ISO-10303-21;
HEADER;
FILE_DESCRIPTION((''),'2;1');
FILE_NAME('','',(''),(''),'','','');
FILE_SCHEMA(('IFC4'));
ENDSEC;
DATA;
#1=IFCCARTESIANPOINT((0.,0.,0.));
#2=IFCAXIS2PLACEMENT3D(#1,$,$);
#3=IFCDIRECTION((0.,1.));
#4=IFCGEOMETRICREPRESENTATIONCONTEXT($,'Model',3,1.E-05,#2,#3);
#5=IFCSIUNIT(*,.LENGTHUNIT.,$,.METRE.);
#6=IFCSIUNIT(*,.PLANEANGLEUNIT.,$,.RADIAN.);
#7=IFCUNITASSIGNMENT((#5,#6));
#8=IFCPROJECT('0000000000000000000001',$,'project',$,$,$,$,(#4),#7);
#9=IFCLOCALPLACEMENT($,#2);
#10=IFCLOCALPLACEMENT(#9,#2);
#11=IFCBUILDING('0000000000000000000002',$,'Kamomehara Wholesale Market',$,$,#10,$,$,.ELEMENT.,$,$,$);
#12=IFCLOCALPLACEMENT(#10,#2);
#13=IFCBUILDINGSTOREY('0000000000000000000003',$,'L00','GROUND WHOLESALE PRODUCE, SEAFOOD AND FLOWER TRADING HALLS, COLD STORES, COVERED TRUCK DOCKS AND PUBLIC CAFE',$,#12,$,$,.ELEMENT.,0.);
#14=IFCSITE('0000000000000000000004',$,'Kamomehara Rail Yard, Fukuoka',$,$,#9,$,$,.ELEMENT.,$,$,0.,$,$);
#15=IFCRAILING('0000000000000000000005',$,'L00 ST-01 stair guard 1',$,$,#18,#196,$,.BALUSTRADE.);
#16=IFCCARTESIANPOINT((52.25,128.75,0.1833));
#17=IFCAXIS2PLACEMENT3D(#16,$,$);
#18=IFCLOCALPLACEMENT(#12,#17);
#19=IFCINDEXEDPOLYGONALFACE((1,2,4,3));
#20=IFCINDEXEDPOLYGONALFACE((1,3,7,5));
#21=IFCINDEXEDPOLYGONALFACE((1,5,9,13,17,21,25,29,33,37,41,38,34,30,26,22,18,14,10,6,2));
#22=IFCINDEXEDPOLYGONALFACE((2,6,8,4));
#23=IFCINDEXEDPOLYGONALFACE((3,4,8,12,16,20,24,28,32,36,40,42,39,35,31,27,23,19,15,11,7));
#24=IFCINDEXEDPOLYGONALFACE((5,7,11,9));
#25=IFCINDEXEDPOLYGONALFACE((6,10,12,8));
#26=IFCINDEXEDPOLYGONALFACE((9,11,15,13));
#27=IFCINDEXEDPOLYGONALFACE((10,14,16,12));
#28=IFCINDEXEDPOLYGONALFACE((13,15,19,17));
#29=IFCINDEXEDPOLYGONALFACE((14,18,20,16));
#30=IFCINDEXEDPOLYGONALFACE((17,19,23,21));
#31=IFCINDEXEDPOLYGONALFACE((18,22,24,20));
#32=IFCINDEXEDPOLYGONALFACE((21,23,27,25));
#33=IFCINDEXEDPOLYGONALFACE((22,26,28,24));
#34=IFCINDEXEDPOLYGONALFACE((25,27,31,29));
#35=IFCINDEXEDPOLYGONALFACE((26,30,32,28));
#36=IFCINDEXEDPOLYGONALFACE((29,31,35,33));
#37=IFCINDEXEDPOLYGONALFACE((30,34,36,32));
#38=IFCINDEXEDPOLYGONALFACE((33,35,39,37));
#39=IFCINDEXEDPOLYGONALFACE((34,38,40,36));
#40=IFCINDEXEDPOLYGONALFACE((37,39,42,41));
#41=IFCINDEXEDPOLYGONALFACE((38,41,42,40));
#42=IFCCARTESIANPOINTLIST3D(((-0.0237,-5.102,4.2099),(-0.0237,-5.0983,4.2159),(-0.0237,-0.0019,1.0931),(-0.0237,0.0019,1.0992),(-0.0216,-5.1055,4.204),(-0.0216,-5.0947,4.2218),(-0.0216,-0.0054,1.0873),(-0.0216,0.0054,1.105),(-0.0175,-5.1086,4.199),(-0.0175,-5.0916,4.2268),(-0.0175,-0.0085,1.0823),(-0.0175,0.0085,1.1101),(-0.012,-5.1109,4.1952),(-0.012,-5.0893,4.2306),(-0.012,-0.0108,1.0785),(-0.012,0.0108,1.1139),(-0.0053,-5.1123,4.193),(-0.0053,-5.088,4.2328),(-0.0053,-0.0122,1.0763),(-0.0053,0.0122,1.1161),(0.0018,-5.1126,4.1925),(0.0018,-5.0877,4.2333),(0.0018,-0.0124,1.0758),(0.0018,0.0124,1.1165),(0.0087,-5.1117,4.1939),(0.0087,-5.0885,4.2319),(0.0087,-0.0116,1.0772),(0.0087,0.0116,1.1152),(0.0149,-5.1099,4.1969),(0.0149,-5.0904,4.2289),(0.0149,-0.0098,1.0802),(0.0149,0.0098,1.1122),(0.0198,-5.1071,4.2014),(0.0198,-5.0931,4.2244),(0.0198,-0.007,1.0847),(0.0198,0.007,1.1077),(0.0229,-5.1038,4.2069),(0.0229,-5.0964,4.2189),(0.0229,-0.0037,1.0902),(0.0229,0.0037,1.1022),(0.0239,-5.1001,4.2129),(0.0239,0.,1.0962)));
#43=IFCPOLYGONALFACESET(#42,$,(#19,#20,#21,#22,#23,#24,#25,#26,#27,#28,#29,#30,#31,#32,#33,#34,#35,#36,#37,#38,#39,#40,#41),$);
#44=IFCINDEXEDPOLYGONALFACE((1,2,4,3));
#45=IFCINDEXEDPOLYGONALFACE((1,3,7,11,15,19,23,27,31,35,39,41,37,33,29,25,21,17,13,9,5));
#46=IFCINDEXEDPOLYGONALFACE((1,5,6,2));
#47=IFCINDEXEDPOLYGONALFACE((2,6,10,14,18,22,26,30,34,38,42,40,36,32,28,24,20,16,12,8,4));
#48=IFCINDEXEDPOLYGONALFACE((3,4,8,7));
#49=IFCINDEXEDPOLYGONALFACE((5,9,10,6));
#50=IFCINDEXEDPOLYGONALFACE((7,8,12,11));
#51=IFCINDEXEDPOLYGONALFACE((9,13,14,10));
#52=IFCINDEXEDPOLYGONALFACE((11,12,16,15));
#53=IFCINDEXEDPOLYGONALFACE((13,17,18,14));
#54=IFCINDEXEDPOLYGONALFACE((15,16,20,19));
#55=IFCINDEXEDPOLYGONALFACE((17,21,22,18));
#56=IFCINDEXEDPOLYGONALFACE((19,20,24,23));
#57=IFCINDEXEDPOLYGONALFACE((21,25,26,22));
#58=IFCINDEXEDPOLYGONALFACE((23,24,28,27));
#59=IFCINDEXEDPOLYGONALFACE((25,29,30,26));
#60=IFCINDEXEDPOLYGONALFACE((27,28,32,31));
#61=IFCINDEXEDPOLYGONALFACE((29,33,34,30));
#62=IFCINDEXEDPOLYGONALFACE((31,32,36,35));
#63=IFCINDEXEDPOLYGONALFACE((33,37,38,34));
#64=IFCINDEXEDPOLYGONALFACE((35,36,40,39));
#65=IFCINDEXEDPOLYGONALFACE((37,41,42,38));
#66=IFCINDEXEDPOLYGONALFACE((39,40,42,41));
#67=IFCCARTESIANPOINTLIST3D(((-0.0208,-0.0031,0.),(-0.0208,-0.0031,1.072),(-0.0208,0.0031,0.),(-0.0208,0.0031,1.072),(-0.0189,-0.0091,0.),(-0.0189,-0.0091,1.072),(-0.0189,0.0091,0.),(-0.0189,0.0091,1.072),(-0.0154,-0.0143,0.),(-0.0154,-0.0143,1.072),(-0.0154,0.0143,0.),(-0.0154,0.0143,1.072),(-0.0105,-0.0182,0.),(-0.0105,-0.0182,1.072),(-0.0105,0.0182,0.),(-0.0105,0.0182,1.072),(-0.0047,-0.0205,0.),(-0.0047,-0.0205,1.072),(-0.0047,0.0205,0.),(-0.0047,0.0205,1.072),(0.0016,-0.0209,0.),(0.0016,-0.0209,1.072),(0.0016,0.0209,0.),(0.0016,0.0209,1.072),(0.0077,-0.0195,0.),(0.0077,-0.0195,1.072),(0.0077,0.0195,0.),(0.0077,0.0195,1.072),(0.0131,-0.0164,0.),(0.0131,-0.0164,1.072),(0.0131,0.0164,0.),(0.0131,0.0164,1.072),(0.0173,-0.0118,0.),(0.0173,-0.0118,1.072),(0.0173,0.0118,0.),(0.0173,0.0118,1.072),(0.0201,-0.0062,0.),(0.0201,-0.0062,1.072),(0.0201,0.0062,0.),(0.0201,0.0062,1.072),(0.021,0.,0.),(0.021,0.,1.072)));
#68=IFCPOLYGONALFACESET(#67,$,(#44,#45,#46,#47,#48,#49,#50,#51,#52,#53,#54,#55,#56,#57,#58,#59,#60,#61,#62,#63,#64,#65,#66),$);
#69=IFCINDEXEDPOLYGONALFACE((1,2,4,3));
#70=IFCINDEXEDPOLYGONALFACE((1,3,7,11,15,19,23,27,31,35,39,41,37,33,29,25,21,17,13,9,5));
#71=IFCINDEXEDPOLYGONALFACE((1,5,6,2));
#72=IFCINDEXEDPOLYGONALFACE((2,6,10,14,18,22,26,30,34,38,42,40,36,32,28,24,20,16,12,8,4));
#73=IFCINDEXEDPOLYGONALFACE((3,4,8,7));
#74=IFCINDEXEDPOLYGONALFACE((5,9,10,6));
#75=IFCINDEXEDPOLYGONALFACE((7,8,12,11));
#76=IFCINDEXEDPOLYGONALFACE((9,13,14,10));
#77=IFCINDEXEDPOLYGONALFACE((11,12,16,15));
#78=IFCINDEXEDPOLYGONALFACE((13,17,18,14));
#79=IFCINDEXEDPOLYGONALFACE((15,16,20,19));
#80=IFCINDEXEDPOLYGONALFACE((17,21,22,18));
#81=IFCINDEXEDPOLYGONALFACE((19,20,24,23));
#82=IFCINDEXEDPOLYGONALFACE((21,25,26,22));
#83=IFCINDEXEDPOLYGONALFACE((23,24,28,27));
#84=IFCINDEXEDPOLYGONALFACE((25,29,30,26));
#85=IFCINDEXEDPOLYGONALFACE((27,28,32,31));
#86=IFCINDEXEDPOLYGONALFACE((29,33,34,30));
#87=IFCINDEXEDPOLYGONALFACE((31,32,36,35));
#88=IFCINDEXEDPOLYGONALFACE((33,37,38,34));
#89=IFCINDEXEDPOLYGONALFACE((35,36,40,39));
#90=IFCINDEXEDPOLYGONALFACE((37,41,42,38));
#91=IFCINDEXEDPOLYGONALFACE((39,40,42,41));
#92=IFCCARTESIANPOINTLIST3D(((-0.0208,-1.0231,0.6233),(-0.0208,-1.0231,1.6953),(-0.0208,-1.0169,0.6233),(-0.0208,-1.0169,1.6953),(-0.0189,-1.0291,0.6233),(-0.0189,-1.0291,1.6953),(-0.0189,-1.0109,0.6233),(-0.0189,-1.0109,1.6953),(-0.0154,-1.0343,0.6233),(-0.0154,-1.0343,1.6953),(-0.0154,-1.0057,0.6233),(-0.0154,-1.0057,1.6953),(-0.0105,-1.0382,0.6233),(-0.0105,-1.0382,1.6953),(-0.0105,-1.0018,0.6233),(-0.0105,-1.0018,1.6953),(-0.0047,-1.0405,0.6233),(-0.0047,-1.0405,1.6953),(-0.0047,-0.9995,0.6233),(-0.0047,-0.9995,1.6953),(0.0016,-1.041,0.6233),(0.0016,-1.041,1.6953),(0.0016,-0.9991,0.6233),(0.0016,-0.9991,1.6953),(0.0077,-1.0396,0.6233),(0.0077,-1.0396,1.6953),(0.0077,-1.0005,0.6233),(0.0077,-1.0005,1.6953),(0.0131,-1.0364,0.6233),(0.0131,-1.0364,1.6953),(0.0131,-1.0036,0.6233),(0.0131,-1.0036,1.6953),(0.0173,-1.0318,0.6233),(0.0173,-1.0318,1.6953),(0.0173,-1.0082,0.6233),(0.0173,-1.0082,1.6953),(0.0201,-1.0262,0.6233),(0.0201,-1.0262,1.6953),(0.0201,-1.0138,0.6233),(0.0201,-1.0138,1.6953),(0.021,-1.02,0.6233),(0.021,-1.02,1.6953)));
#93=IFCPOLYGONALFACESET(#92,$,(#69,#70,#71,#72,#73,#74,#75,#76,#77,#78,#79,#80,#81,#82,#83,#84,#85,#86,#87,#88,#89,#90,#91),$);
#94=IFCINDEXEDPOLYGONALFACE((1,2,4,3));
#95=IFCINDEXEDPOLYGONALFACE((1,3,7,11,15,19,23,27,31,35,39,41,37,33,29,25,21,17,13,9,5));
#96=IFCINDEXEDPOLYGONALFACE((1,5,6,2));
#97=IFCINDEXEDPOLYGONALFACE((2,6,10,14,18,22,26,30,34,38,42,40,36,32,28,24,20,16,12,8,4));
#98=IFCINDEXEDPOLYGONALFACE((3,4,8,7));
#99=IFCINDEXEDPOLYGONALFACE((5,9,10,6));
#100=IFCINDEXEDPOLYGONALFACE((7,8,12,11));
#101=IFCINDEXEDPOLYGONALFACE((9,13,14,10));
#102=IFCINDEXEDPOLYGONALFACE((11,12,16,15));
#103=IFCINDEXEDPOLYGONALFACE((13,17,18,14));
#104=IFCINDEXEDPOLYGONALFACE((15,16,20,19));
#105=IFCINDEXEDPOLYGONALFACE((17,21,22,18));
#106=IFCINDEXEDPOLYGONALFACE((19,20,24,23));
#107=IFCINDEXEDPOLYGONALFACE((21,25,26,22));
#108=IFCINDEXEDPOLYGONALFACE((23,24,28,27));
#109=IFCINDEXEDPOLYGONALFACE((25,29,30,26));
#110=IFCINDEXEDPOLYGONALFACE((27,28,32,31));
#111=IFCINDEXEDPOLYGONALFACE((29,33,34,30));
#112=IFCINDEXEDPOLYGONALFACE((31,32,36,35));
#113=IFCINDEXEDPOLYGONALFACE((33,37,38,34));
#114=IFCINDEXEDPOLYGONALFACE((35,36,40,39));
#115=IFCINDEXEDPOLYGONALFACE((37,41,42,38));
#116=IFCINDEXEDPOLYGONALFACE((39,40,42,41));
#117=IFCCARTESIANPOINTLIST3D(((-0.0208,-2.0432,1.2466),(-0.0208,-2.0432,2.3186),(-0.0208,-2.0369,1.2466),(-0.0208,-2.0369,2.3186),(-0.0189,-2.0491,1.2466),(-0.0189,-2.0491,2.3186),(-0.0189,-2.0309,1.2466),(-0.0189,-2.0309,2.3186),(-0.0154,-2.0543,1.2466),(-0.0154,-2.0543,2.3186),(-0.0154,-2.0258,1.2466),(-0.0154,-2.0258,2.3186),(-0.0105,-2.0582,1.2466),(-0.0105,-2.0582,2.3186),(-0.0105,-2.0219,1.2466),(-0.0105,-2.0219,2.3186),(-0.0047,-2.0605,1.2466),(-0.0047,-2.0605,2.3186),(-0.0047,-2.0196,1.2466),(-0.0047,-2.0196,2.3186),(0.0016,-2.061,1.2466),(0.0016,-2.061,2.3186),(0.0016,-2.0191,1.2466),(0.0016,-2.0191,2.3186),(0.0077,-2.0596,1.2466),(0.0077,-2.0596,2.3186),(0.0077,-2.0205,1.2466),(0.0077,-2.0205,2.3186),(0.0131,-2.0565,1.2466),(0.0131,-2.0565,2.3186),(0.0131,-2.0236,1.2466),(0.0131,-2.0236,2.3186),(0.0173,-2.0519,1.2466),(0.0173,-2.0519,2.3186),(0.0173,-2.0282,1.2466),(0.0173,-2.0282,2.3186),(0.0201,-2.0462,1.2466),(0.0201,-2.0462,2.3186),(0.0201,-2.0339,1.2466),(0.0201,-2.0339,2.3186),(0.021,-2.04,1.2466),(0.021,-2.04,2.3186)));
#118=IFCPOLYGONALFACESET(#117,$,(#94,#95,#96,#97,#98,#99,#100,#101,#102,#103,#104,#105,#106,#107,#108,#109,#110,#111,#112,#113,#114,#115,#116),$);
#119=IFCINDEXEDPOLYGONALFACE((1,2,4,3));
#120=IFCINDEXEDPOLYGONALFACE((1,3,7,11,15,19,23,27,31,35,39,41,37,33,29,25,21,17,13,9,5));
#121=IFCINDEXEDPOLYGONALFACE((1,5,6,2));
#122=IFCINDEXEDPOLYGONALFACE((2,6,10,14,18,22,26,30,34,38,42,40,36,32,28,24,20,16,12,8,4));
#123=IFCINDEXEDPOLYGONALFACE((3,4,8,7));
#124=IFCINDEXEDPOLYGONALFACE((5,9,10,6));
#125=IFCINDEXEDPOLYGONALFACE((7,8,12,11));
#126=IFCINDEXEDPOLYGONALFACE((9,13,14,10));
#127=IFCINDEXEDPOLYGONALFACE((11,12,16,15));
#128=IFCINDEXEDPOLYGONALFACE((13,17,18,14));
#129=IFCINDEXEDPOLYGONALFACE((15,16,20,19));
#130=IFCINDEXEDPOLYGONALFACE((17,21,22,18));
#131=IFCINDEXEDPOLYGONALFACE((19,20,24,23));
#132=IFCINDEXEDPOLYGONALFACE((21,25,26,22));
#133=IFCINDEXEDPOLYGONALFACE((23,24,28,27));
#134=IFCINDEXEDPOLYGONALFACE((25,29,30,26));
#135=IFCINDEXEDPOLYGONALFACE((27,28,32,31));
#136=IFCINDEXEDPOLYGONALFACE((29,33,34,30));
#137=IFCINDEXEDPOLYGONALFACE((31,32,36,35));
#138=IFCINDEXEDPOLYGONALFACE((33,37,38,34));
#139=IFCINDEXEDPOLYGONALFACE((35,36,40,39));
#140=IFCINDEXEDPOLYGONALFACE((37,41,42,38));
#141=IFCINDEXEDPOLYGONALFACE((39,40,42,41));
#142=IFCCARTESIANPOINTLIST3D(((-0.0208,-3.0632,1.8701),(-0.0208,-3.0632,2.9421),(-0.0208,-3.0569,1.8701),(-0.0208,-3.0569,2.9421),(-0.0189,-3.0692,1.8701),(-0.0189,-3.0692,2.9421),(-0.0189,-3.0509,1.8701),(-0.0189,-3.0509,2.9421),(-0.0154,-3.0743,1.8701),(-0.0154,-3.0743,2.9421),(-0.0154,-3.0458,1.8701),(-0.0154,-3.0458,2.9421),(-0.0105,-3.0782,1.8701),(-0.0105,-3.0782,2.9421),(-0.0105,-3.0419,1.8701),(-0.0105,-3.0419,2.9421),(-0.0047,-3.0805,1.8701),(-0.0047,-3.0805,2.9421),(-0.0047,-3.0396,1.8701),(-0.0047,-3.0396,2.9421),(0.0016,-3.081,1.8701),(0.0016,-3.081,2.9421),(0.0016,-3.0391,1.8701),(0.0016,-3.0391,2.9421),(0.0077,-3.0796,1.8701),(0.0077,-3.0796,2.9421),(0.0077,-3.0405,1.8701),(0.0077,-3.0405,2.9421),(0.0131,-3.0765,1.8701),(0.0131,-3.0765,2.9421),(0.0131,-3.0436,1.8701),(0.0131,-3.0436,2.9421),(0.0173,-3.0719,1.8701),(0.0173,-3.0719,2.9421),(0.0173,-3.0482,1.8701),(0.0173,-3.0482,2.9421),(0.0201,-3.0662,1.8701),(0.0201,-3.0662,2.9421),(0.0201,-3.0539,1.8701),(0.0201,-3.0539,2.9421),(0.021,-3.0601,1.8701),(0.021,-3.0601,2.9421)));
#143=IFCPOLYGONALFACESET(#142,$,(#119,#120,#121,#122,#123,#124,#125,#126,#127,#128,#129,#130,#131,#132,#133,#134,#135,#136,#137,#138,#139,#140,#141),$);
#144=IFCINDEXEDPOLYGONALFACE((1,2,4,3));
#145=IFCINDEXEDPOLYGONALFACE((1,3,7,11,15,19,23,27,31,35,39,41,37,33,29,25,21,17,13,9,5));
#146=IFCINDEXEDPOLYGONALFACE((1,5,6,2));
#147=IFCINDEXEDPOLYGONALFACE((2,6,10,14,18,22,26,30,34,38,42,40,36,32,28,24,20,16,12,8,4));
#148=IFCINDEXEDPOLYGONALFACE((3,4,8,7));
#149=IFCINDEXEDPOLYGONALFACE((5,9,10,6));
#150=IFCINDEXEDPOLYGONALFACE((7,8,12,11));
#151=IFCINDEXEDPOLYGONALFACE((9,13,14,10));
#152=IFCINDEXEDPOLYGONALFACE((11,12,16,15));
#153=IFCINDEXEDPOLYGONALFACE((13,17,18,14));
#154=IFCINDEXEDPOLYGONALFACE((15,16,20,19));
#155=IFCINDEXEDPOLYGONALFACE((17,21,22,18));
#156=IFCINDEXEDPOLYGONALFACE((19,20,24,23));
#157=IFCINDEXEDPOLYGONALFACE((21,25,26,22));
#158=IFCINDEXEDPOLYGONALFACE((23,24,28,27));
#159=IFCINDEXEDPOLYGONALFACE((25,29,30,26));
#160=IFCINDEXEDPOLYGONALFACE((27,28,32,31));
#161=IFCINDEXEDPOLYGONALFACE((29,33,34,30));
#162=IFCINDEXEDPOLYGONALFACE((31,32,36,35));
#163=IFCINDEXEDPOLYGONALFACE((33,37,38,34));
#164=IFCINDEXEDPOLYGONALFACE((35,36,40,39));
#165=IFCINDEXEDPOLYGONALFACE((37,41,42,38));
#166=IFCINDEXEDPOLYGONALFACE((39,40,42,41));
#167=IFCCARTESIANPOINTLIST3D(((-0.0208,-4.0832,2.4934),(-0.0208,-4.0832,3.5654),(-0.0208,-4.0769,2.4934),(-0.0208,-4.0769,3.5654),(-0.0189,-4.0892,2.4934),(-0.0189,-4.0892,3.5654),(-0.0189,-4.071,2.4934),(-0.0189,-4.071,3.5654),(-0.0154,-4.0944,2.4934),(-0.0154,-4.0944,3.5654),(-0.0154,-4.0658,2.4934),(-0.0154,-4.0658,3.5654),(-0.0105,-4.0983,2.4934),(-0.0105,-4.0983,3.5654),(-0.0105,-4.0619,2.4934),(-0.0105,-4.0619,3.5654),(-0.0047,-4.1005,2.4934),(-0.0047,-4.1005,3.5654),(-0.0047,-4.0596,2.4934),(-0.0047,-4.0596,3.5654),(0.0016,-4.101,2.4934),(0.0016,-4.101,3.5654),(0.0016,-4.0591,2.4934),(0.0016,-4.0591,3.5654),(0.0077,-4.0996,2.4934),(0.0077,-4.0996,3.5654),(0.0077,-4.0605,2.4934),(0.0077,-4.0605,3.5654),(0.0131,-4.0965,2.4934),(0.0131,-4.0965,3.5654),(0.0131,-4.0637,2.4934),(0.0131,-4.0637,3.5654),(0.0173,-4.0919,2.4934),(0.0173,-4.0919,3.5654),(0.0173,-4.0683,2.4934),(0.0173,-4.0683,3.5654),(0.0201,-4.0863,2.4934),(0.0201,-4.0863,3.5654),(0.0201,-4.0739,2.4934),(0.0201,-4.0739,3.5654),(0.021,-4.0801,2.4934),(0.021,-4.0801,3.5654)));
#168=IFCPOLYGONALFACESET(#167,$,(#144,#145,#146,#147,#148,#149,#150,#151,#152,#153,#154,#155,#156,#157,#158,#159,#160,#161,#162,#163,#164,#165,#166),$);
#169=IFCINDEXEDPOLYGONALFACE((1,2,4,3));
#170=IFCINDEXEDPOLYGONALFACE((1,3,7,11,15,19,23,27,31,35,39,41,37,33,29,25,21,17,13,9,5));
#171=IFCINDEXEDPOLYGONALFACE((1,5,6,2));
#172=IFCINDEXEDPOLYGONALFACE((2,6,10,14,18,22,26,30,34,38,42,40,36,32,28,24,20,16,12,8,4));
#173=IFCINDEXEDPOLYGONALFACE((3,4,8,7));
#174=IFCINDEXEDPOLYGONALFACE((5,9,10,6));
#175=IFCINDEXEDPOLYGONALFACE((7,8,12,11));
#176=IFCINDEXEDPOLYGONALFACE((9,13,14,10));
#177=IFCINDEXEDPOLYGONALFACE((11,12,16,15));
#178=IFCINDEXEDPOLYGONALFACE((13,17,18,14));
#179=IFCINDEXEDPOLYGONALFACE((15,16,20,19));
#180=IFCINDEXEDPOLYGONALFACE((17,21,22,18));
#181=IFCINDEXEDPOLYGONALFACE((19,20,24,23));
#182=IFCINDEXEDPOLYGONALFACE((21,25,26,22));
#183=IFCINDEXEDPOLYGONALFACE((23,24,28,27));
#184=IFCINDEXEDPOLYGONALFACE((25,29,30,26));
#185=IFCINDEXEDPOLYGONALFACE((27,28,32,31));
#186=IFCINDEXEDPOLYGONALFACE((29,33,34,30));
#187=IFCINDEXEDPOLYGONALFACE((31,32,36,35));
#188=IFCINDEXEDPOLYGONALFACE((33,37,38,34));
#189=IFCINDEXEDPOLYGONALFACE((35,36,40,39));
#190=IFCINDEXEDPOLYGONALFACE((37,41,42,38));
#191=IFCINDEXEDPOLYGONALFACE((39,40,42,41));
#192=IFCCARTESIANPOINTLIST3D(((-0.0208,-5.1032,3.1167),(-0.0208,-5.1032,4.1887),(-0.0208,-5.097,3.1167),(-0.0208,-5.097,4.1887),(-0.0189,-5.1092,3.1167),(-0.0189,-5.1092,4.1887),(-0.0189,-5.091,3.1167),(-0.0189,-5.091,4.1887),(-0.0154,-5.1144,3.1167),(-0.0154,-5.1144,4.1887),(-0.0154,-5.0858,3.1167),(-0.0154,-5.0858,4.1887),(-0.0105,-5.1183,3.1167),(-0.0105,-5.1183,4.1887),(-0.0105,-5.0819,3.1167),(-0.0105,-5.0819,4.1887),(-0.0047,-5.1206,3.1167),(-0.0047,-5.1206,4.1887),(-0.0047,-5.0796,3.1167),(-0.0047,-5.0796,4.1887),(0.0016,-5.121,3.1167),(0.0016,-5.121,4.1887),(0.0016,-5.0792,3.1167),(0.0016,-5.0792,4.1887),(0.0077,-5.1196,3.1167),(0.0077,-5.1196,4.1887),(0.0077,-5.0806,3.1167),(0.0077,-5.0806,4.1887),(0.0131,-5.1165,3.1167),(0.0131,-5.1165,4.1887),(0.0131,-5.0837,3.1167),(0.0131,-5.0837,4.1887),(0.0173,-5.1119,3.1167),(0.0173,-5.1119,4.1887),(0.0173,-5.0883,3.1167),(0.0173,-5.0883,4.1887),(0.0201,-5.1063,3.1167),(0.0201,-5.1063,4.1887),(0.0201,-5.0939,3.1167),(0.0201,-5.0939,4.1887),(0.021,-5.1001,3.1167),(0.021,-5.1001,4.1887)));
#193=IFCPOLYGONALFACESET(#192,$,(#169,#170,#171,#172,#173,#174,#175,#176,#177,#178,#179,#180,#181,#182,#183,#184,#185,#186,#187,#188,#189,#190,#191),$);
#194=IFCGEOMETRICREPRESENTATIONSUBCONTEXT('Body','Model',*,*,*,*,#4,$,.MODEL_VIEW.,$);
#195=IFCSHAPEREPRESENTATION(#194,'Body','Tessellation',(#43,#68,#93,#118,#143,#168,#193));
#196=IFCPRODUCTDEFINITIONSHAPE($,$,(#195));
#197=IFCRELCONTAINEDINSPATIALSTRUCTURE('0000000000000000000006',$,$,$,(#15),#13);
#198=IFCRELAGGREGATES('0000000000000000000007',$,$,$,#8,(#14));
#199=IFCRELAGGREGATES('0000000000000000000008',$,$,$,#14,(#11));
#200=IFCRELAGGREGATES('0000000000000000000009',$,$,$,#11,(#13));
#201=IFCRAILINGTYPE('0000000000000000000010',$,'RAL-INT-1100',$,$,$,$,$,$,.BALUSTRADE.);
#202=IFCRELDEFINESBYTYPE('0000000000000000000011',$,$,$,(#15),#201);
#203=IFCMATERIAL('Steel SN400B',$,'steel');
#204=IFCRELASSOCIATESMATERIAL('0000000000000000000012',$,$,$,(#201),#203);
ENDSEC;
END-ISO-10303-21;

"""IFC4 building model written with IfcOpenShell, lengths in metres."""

from ifc_helpers import new_model, si_unit, direction, frame, origin, origin_2d, place, context, subcontext, project, spatial, circle, extrude, material, type_object, element, save


model = new_model("IFC4")

# Units and contexts
model_context = context("Model", 3, precision=1e-05, world=origin(), true_north=direction((0.0, 1.0)))
body_context = subcontext(model_context, "Body", "Model", "MODEL_VIEW")
ifc_project = project(units=[si_unit("LENGTHUNIT", "METRE"), si_unit("PLANEANGLEUNIT", "RADIAN")], contexts=[model_context])

# Site, building, storey
site_placement = place(None, origin())
site = spatial("IfcSite", under=ifc_project, at=site_placement, Name="Kamomehara Rail Yard, Fukuoka", CompositionType="ELEMENT", RefElevation=0.0)
building_placement = place(site_placement, origin())
building = spatial("IfcBuilding", under=site, at=building_placement, Name="Kamomehara Wholesale Market", CompositionType="ELEMENT")
storey_placement = place(building_placement, origin())
storey = spatial("IfcBuildingStorey", under=building, at=storey_placement, Name="L00", Description="GROUND WHOLESALE PRODUCE, SEAFOOD AND FLOWER TRADING HALLS, COLD STORES, COVERED TRUCK DOCKS AND PUBLIC CAFE", CompositionType="ELEMENT", Elevation=0.0)

# Railing
ifc_material_1 = material(Name="Steel SN400B", Category="steel")
railing_type_1 = type_object("IfcRailingType", Name="RAL-INT-1100", PredefinedType="BALUSTRADE", material=ifc_material_1)
railing_1_placement = place(storey_placement, frame((52.25, 128.75, 0.1833)))
element("IfcRailing", 1, at=railing_1_placement, inside=storey, type_object=railing_type_1, Name="L00 ST-01 stair guard 1", PredefinedType="BALUSTRADE", context=body_context, shape_type="SweptSolid", body=[
    extrude(circle(Radius=0.0239, at=origin_2d()), frame((0.0, 0.0, 1.0962), z_axis=(0.0, -0.853284, 0.521447), x_axis=(1.0, 0.0, 0.0)), (0.0, 0.0, 1.0), 5.9771),
    extrude(circle(Radius=0.021, at=origin_2d()), origin(), (0.0, 0.0, 1.0), 1.072),
    extrude(circle(Radius=0.021, at=origin_2d()), frame((0.0, -1.02, 0.6233)), (0.0, 0.0, 1.0), 1.072),
    extrude(circle(Radius=0.021, at=origin_2d()), frame((0.0, -2.04, 1.2466)), (0.0, 0.0, 1.0), 1.072),
    extrude(circle(Radius=0.021, at=origin_2d()), frame((0.0, -3.0601, 1.8701)), (0.0, 0.0, 1.0), 1.072),
    extrude(circle(Radius=0.021, at=origin_2d()), frame((0.0, -4.0801, 2.4934)), (0.0, 0.0, 1.0), 1.072),
    extrude(circle(Radius=0.021, at=origin_2d()), frame((0.0, -5.1001, 3.1167)), (0.0, 0.0, 1.0), 1.072),
])

save(model, "model.ifc")
